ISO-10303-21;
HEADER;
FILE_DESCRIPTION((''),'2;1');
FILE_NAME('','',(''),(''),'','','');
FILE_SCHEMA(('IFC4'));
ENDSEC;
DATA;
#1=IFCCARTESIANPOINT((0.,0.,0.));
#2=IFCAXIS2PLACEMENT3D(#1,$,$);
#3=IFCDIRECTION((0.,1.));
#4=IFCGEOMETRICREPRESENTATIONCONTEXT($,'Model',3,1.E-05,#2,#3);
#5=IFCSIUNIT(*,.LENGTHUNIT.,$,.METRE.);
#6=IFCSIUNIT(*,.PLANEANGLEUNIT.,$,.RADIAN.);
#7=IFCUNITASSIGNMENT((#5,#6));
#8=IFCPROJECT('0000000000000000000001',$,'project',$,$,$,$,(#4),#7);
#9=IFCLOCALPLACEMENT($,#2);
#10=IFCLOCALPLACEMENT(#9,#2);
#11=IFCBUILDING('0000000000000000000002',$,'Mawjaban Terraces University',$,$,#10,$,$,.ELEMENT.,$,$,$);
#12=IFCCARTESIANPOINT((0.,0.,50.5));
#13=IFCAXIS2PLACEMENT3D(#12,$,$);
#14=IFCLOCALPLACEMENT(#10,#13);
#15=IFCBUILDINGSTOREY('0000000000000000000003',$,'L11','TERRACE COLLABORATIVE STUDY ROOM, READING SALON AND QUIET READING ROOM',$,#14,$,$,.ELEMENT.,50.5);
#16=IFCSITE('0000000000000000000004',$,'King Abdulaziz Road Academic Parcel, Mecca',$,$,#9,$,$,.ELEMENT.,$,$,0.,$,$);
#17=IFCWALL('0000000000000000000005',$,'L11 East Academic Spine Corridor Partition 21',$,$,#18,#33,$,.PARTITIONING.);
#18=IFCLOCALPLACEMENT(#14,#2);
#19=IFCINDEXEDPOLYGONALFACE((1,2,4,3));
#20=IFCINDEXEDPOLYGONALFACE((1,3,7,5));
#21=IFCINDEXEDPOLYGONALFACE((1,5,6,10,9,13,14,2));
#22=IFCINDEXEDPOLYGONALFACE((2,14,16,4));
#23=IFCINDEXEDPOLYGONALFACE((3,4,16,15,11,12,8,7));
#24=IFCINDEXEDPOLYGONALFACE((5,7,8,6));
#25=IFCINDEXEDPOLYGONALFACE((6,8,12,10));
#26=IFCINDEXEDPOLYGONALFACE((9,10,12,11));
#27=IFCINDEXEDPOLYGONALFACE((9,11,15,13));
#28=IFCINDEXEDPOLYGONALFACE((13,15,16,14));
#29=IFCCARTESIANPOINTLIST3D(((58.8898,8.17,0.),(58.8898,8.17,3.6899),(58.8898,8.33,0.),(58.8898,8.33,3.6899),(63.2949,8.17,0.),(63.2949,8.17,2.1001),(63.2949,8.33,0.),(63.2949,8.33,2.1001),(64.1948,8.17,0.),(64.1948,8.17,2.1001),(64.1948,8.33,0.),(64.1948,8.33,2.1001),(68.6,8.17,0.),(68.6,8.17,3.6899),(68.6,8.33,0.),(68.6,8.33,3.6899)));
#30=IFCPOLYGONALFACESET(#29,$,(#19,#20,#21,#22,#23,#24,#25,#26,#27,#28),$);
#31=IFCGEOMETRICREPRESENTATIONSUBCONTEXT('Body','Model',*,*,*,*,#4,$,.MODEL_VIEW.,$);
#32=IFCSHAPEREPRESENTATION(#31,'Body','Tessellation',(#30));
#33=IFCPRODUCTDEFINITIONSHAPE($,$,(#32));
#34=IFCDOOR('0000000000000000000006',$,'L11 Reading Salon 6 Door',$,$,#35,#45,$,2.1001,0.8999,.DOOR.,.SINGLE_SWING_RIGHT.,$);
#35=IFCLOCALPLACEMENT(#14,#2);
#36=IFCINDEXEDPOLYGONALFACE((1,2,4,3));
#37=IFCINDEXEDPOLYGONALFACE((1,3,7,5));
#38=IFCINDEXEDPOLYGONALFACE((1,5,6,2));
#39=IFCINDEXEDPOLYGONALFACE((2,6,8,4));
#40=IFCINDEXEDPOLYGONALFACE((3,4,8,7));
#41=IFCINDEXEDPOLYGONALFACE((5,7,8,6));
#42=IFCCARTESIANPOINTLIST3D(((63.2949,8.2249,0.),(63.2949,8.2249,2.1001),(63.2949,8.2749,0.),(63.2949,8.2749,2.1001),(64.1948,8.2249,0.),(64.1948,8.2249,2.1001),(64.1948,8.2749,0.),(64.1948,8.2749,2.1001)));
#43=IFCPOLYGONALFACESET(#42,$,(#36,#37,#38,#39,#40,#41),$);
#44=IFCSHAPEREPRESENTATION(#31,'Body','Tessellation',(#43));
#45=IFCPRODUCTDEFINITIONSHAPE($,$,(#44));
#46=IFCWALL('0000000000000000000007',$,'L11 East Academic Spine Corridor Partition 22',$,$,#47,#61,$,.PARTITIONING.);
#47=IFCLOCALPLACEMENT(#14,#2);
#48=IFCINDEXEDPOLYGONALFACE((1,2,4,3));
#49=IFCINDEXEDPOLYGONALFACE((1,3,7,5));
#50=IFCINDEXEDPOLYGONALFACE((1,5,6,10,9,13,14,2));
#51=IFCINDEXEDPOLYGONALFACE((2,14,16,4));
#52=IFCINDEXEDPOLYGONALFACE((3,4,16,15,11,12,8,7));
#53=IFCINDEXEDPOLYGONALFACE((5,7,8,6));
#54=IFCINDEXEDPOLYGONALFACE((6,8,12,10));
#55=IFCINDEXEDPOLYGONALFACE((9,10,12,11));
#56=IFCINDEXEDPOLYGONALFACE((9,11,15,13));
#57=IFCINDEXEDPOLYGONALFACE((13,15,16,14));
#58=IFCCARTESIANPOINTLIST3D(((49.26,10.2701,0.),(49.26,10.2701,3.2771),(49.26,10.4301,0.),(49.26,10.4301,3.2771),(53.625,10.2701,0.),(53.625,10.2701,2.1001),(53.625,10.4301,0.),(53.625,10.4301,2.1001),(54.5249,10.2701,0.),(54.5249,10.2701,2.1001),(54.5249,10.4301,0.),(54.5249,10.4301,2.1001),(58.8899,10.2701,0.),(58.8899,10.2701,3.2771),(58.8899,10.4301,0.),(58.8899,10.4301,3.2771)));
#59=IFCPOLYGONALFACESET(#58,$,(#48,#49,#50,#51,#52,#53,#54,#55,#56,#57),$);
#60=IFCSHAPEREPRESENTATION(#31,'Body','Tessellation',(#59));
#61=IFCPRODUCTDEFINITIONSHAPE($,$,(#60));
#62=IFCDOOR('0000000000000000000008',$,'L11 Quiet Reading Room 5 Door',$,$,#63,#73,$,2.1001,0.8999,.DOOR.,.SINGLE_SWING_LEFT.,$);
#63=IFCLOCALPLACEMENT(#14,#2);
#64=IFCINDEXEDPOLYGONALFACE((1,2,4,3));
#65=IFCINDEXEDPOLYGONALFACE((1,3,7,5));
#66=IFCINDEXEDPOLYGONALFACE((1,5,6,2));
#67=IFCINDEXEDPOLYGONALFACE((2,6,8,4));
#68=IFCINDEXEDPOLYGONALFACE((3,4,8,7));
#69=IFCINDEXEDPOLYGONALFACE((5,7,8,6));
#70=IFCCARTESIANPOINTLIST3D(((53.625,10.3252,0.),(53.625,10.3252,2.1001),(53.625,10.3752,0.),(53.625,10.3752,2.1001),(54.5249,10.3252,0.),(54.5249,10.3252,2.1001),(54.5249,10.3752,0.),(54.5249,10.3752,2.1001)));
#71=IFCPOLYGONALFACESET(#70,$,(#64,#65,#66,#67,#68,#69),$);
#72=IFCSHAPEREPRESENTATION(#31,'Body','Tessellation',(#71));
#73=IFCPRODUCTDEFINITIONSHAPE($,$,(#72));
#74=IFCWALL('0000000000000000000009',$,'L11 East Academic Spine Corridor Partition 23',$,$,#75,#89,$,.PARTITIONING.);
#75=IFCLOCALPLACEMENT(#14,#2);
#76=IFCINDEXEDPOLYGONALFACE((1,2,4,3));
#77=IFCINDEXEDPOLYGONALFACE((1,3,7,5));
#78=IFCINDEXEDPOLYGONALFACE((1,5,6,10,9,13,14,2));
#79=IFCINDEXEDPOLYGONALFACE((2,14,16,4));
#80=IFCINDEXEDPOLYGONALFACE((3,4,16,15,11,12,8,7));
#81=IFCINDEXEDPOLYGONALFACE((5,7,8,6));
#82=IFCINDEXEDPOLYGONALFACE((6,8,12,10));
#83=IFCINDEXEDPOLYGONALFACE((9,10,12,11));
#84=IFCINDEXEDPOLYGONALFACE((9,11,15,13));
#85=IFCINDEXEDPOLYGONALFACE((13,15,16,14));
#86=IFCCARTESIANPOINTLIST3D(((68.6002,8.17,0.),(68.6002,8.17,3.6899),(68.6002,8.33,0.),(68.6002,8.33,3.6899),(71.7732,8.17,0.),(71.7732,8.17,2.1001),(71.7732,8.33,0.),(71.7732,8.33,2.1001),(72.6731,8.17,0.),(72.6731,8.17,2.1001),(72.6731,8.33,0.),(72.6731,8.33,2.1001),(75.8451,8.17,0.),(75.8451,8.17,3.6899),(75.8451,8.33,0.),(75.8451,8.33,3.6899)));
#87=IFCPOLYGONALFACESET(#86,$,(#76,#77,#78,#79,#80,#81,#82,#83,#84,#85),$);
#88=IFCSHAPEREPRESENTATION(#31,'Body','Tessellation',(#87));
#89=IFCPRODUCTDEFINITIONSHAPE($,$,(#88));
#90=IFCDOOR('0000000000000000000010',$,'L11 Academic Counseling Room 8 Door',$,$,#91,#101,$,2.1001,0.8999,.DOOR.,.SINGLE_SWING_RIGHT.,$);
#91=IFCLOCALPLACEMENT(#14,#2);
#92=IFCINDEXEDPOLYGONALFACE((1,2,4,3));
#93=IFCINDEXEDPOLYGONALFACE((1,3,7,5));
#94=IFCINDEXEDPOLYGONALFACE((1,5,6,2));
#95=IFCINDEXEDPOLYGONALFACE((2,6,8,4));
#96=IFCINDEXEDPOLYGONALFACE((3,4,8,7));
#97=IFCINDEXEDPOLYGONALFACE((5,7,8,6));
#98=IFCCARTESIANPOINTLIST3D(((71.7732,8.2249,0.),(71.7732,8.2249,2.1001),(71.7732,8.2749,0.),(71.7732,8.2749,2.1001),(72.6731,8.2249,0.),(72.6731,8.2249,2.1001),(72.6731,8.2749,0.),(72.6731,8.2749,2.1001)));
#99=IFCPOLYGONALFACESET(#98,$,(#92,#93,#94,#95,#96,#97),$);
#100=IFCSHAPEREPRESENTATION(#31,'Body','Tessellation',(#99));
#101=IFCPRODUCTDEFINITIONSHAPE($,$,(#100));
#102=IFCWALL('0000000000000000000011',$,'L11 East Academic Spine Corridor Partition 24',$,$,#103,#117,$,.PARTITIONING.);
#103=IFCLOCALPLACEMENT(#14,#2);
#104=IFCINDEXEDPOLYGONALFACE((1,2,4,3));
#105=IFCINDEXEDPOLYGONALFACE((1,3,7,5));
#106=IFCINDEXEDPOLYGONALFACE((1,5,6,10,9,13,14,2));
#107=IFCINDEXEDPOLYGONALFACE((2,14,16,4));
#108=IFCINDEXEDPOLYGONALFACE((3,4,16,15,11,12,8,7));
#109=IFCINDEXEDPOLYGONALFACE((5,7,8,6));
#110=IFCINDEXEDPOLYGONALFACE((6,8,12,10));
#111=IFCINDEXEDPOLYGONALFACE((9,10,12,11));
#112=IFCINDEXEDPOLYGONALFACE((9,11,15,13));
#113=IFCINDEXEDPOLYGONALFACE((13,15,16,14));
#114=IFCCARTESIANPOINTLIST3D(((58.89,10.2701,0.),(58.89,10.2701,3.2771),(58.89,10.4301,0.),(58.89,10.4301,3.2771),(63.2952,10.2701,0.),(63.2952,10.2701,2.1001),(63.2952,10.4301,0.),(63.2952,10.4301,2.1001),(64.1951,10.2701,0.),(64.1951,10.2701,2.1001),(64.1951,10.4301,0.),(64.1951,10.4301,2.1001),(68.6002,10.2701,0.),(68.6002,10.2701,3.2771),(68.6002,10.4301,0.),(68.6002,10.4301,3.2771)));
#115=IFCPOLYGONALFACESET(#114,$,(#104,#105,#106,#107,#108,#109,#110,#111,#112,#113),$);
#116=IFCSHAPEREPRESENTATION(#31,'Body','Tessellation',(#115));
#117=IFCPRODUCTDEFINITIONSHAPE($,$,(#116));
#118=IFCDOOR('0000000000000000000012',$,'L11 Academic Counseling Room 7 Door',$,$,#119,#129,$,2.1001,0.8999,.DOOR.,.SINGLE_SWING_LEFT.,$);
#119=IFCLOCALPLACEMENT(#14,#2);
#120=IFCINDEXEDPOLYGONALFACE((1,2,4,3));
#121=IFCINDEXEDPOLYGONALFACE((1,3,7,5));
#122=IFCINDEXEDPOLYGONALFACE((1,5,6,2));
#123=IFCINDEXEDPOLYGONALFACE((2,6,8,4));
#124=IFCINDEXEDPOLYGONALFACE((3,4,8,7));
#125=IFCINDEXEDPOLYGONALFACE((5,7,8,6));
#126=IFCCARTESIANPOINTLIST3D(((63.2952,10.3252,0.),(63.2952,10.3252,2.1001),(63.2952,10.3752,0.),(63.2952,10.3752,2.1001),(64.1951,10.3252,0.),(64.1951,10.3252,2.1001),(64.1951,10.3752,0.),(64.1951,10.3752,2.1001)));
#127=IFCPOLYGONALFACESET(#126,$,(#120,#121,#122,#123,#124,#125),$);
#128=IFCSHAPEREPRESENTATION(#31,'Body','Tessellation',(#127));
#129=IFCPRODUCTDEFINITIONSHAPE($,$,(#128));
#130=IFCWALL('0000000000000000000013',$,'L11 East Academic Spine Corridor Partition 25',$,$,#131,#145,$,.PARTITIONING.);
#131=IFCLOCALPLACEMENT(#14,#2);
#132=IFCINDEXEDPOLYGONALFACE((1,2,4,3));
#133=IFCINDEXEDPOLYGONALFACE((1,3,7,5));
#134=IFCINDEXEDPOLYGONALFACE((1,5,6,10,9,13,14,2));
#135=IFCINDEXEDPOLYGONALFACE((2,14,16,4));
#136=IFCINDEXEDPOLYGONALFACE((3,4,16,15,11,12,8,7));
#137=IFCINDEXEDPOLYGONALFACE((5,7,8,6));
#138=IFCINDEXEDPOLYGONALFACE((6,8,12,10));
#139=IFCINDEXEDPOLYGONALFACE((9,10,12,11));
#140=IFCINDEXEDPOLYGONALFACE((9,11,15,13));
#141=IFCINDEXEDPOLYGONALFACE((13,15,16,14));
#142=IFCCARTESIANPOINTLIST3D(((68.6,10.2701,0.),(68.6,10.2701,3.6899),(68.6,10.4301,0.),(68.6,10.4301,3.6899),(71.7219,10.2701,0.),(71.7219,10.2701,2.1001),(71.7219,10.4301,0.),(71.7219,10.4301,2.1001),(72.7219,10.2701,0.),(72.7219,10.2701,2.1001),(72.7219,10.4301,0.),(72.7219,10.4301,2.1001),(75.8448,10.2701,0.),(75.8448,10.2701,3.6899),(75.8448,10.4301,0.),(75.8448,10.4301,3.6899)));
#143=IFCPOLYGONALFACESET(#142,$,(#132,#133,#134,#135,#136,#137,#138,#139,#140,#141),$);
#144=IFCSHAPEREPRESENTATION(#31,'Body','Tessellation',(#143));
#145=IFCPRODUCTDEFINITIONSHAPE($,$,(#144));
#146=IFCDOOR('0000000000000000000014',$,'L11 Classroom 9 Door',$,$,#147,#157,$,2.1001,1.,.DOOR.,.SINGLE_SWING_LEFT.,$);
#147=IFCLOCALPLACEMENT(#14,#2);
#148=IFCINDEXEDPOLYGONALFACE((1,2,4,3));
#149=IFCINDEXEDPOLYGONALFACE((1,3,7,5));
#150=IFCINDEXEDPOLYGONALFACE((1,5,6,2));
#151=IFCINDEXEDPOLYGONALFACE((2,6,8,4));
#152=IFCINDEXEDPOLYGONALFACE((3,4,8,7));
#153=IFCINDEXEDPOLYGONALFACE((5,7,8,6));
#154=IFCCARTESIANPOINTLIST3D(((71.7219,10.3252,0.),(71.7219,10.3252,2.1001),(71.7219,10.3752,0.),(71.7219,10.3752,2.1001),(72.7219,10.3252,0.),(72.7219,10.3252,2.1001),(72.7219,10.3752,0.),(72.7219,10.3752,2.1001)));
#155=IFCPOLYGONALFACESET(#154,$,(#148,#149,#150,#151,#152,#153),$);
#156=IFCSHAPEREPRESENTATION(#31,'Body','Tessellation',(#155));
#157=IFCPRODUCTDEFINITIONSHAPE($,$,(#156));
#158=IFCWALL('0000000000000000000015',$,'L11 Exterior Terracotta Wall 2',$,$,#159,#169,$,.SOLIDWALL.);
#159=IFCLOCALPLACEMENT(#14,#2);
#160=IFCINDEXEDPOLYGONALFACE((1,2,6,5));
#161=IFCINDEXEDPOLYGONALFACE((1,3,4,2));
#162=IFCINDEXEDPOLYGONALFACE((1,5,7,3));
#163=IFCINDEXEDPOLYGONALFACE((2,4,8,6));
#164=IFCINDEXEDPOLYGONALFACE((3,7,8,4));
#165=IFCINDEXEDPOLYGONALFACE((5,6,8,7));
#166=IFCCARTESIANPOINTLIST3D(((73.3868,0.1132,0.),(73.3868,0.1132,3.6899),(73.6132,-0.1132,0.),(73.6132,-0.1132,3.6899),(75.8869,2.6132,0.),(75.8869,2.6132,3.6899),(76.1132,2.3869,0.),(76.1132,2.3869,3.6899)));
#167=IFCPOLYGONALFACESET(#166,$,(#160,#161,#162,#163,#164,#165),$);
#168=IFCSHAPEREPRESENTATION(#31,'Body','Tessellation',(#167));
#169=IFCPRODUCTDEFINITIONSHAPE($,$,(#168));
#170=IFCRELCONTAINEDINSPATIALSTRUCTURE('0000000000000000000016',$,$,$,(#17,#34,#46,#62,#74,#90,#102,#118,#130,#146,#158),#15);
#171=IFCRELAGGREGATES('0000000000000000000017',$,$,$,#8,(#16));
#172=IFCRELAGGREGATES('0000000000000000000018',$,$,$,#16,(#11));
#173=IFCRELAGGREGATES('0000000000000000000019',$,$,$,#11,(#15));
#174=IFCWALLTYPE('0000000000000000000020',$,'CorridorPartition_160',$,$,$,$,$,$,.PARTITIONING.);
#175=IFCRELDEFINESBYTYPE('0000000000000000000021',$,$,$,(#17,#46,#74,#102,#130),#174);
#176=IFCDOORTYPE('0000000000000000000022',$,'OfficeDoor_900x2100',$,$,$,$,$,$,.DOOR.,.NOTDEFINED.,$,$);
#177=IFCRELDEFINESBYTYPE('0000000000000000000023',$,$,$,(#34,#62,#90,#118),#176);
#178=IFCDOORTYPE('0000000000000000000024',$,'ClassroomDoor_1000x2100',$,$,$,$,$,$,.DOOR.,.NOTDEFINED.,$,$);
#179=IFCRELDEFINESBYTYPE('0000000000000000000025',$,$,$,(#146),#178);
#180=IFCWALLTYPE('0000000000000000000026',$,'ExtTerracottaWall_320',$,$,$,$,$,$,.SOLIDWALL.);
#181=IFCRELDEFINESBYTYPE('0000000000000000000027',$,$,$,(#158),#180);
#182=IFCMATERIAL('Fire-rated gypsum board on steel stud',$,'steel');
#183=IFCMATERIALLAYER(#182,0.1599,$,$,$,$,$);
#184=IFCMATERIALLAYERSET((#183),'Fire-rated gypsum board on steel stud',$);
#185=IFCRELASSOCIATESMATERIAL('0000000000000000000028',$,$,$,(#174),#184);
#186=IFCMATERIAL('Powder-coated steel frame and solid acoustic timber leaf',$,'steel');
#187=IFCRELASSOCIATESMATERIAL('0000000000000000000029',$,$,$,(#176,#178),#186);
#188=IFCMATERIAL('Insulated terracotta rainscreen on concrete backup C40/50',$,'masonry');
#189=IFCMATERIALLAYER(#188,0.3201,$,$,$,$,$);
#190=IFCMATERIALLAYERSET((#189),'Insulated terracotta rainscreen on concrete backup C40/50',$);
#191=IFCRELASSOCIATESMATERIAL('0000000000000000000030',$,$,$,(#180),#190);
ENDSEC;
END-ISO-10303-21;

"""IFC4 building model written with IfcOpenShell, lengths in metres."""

from ifc_helpers import new_model, si_unit, direction, frame, frame_2d, origin, place, context, subcontext, project, spatial, rectangle, extrude, material, layer, layer_set, type_object, element, fill, save


model = new_model("IFC4")

# Units and contexts
model_context = context("Model", 3, precision=1e-05, world=origin(), true_north=direction((0.0, 1.0)))
body_context = subcontext(model_context, "Body", "Model", "MODEL_VIEW")
ifc_project = project(units=[si_unit("LENGTHUNIT", "METRE"), si_unit("PLANEANGLEUNIT", "RADIAN")], contexts=[model_context])

# Site, building, storey
site_placement = place(None, origin())
site = spatial("IfcSite", under=ifc_project, at=site_placement, Name="King Abdulaziz Road Academic Parcel, Mecca", CompositionType="ELEMENT", RefElevation=0.0)
building_placement = place(site_placement, origin())
building = spatial("IfcBuilding", under=site, at=building_placement, Name="Mawjaban Terraces University", CompositionType="ELEMENT")
storey_placement = place(building_placement, frame((0.0, 0.0, 50.5)))
storey = spatial("IfcBuildingStorey", under=building, at=storey_placement, Name="L11", Description="TERRACE COLLABORATIVE STUDY ROOM, READING SALON AND QUIET READING ROOM", CompositionType="ELEMENT", Elevation=50.5)

# Walls, openings, doors
ifc_material_1 = material(Name="Fire-rated gypsum board on steel stud", Category="steel")
ifc_layer_1 = layer(ifc_material_1, 0.1599)
ifc_layer_set_1 = layer_set([ifc_layer_1], Name="Fire-rated gypsum board on steel stud")
wall_type_1 = type_object("IfcWallType", Name="CorridorPartition_160", PredefinedType="PARTITIONING", material=ifc_layer_set_1)
wall_1_placement = place(storey_placement, frame((58.8899, 8.25, 0.0), z_axis=(0.0, 0.0, 1.0), x_axis=(1.0, 0.0, 0.0)))
wall_1 = element("IfcWall", 1, at=wall_1_placement, inside=storey, type_object=wall_type_1, Name="L11 East Academic Spine Corridor Partition 21", PredefinedType="PARTITIONING", context=body_context, shape_type="SweptSolid", body=[
    extrude(rectangle(XDim=9.7102, YDim=0.1599, at=frame_2d((4.855, 0.0))), origin(), (0.0, 0.0, 1.0), 3.6899),
])
opening_1_placement = place(wall_1_placement, frame((4.405, 0.0, 0.0)))
opening_1 = element("IfcOpeningElement", 2, at=opening_1_placement, cuts=wall_1, PredefinedType="OPENING", context=body_context, shape_type="SweptSolid", body=[
    extrude(rectangle(XDim=0.8999, YDim=2.1001, at=frame_2d((0.45, 1.05))), frame((0.0, 0.0898, 0.0), z_axis=(0.0, -1.0, 0.0), x_axis=(1.0, 0.0, 0.0)), (0.0, 0.0, 1.0), 0.1799),
])
ifc_material_2 = material(Name="Powder-coated steel frame and solid acoustic timber leaf", Category="steel")
door_type_1 = type_object("IfcDoorType", Name="OfficeDoor_900x2100", OperationType="NOTDEFINED", PredefinedType="DOOR", material=ifc_material_2)
door_1_placement = place(opening_1_placement, origin())
door_1 = element("IfcDoor", 3, at=door_1_placement, inside=storey, type_object=door_type_1, Name="L11 Reading Salon 6 Door", OperationType="SINGLE_SWING_RIGHT", OverallHeight=2.1001, OverallWidth=0.8999, PredefinedType="DOOR", context=body_context, shape_type="SweptSolid", body=[
    extrude(rectangle(XDim=0.8999, YDim=2.1001, at=frame_2d((0.45, 1.05))), frame((0.0, 0.0249, 0.0), z_axis=(0.0, -1.0, 0.0), x_axis=(1.0, 0.0, 0.0)), (0.0, 0.0, 1.0), 0.05),
])
fill(opening_1, door_1)
wall_2_placement = place(storey_placement, frame((58.8899, 10.3501, 0.0), z_axis=(0.0, 0.0, 1.0), x_axis=(-1.0, 0.0, 0.0)))
wall_2 = element("IfcWall", 4, at=wall_2_placement, inside=storey, type_object=wall_type_1, Name="L11 East Academic Spine Corridor Partition 22", PredefinedType="PARTITIONING", context=body_context, shape_type="SweptSolid", body=[
    extrude(rectangle(XDim=9.6299, YDim=0.1599, at=frame_2d((4.8149, 0.0))), origin(), (0.0, 0.0, 1.0), 3.2771),
])
opening_2_placement = place(wall_2_placement, frame((4.365, 0.0, 0.0)))
opening_2 = element("IfcOpeningElement", 5, at=opening_2_placement, cuts=wall_2, PredefinedType="OPENING", context=body_context, shape_type="SweptSolid", body=[
    extrude(rectangle(XDim=0.8999, YDim=2.1001, at=frame_2d((0.45, 1.05))), frame((0.0, 0.0898, 0.0), z_axis=(0.0, -1.0, 0.0), x_axis=(1.0, 0.0, 0.0)), (0.0, 0.0, 1.0), 0.1799),
])
door_2_placement = place(opening_2_placement, origin())
door_2 = element("IfcDoor", 6, at=door_2_placement, inside=storey, type_object=door_type_1, Name="L11 Quiet Reading Room 5 Door", OperationType="SINGLE_SWING_LEFT", OverallHeight=2.1001, OverallWidth=0.8999, PredefinedType="DOOR", context=body_context, shape_type="SweptSolid", body=[
    extrude(rectangle(XDim=0.8999, YDim=2.1001, at=frame_2d((0.45, 1.05))), frame((0.0, 0.0249, 0.0), z_axis=(0.0, -1.0, 0.0), x_axis=(1.0, 0.0, 0.0)), (0.0, 0.0, 1.0), 0.05),
])
fill(opening_2, door_2)
wall_3_placement = place(storey_placement, frame((68.6001, 8.25, 0.0), z_axis=(0.0, 0.0, 1.0), x_axis=(1.0, 0.0, 0.0)))
wall_3 = element("IfcWall", 7, at=wall_3_placement, inside=storey, type_object=wall_type_1, Name="L11 East Academic Spine Corridor Partition 23", PredefinedType="PARTITIONING", context=body_context, shape_type="SweptSolid", body=[
    extrude(rectangle(XDim=7.2449, YDim=0.1599, at=frame_2d((3.6226, 0.0))), origin(), (0.0, 0.0, 1.0), 3.6899),
])
opening_3_placement = place(wall_3_placement, frame((3.1731, 0.0, 0.0)))
opening_3 = element("IfcOpeningElement", 8, at=opening_3_placement, cuts=wall_3, PredefinedType="OPENING", context=body_context, shape_type="SweptSolid", body=[
    extrude(rectangle(XDim=0.8999, YDim=2.1001, at=frame_2d((0.45, 1.05))), frame((0.0, 0.0898, 0.0), z_axis=(0.0, -1.0, 0.0), x_axis=(1.0, 0.0, 0.0)), (0.0, 0.0, 1.0), 0.1799),
])
door_3_placement = place(opening_3_placement, origin())
door_3 = element("IfcDoor", 9, at=door_3_placement, inside=storey, type_object=door_type_1, Name="L11 Academic Counseling Room 8 Door", OperationType="SINGLE_SWING_RIGHT", OverallHeight=2.1001, OverallWidth=0.8999, PredefinedType="DOOR", context=body_context, shape_type="SweptSolid", body=[
    extrude(rectangle(XDim=0.8999, YDim=2.1001, at=frame_2d((0.45, 1.05))), frame((0.0, 0.0249, 0.0), z_axis=(0.0, -1.0, 0.0), x_axis=(1.0, 0.0, 0.0)), (0.0, 0.0, 1.0), 0.05),
])
fill(opening_3, door_3)
wall_4_placement = place(storey_placement, frame((68.6001, 10.3501, 0.0), z_axis=(0.0, 0.0, 1.0), x_axis=(-1.0, 0.0, 0.0)))
wall_4 = element("IfcWall", 10, at=wall_4_placement, inside=storey, type_object=wall_type_1, Name="L11 East Academic Spine Corridor Partition 24", PredefinedType="PARTITIONING", context=body_context, shape_type="SweptSolid", body=[
    extrude(rectangle(XDim=9.7102, YDim=0.1599, at=frame_2d((4.855, 0.0))), origin(), (0.0, 0.0, 1.0), 3.2771),
])
opening_4_placement = place(wall_4_placement, frame((4.405, 0.0, 0.0)))
opening_4 = element("IfcOpeningElement", 11, at=opening_4_placement, cuts=wall_4, PredefinedType="OPENING", context=body_context, shape_type="SweptSolid", body=[
    extrude(rectangle(XDim=0.8999, YDim=2.1001, at=frame_2d((0.45, 1.05))), frame((0.0, 0.0898, 0.0), z_axis=(0.0, -1.0, 0.0), x_axis=(1.0, 0.0, 0.0)), (0.0, 0.0, 1.0), 0.1799),
])
door_4_placement = place(opening_4_placement, origin())
door_4 = element("IfcDoor", 12, at=door_4_placement, inside=storey, type_object=door_type_1, Name="L11 Academic Counseling Room 7 Door", OperationType="SINGLE_SWING_LEFT", OverallHeight=2.1001, OverallWidth=0.8999, PredefinedType="DOOR", context=body_context, shape_type="SweptSolid", body=[
    extrude(rectangle(XDim=0.8999, YDim=2.1001, at=frame_2d((0.45, 1.05))), frame((0.0, 0.0249, 0.0), z_axis=(0.0, -1.0, 0.0), x_axis=(1.0, 0.0, 0.0)), (0.0, 0.0, 1.0), 0.05),
])
fill(opening_4, door_4)
wall_5_placement = place(storey_placement, frame((75.845, 10.3501, 0.0), z_axis=(0.0, 0.0, 1.0), x_axis=(-1.0, 0.0, 0.0)))
wall_5 = element("IfcWall", 13, at=wall_5_placement, inside=storey, type_object=wall_type_1, Name="L11 East Academic Spine Corridor Partition 25", PredefinedType="PARTITIONING", context=body_context, shape_type="SweptSolid", body=[
    extrude(rectangle(XDim=7.2449, YDim=0.1599, at=frame_2d((3.6226, 0.0))), origin(), (0.0, 0.0, 1.0), 3.6899),
])
opening_5_placement = place(wall_5_placement, frame((3.123, 0.0, 0.0)))
opening_5 = element("IfcOpeningElement", 14, at=opening_5_placement, cuts=wall_5, PredefinedType="OPENING", context=body_context, shape_type="SweptSolid", body=[
    extrude(rectangle(XDim=1.0, YDim=2.1001, at=frame_2d((0.5, 1.05))), frame((0.0, 0.0898, 0.0), z_axis=(0.0, -1.0, 0.0), x_axis=(1.0, 0.0, 0.0)), (0.0, 0.0, 1.0), 0.1799),
])
door_type_2 = type_object("IfcDoorType", Name="ClassroomDoor_1000x2100", OperationType="NOTDEFINED", PredefinedType="DOOR", material=ifc_material_2)
door_5_placement = place(opening_5_placement, origin())
door_5 = element("IfcDoor", 15, at=door_5_placement, inside=storey, type_object=door_type_2, Name="L11 Classroom 9 Door", OperationType="SINGLE_SWING_LEFT", OverallHeight=2.1001, OverallWidth=1.0, PredefinedType="DOOR", context=body_context, shape_type="SweptSolid", body=[
    extrude(rectangle(XDim=1.0, YDim=2.1001, at=frame_2d((0.5, 1.05))), frame((0.0, 0.0249, 0.0), z_axis=(0.0, -1.0, 0.0), x_axis=(1.0, 0.0, 0.0)), (0.0, 0.0, 1.0), 0.05),
])
fill(opening_5, door_5)

# Wall
ifc_material_3 = material(Name="Insulated terracotta rainscreen on concrete backup C40/50", Category="masonry")
ifc_layer_2 = layer(ifc_material_3, 0.3201)
ifc_layer_set_2 = layer_set([ifc_layer_2], Name="Insulated terracotta rainscreen on concrete backup C40/50")
wall_type_2 = type_object("IfcWallType", Name="ExtTerracottaWall_320", PredefinedType="SOLIDWALL", material=ifc_layer_set_2)
wall_6_placement = place(storey_placement, frame((73.5, 0.0, 0.0), z_axis=(0.0, 0.0, 1.0), x_axis=(0.707107, 0.707107, 0.0)))
element("IfcWall", 16, at=wall_6_placement, inside=storey, type_object=wall_type_2, Name="L11 Exterior Terracotta Wall 2", PredefinedType="SOLIDWALL", context=body_context, shape_type="SweptSolid", body=[
    extrude(rectangle(XDim=3.5356, YDim=0.3201, at=frame_2d((1.7678, 0.0))), origin(), (0.0, 0.0, 1.0), 3.6899),
])

save(model, "model.ifc")
